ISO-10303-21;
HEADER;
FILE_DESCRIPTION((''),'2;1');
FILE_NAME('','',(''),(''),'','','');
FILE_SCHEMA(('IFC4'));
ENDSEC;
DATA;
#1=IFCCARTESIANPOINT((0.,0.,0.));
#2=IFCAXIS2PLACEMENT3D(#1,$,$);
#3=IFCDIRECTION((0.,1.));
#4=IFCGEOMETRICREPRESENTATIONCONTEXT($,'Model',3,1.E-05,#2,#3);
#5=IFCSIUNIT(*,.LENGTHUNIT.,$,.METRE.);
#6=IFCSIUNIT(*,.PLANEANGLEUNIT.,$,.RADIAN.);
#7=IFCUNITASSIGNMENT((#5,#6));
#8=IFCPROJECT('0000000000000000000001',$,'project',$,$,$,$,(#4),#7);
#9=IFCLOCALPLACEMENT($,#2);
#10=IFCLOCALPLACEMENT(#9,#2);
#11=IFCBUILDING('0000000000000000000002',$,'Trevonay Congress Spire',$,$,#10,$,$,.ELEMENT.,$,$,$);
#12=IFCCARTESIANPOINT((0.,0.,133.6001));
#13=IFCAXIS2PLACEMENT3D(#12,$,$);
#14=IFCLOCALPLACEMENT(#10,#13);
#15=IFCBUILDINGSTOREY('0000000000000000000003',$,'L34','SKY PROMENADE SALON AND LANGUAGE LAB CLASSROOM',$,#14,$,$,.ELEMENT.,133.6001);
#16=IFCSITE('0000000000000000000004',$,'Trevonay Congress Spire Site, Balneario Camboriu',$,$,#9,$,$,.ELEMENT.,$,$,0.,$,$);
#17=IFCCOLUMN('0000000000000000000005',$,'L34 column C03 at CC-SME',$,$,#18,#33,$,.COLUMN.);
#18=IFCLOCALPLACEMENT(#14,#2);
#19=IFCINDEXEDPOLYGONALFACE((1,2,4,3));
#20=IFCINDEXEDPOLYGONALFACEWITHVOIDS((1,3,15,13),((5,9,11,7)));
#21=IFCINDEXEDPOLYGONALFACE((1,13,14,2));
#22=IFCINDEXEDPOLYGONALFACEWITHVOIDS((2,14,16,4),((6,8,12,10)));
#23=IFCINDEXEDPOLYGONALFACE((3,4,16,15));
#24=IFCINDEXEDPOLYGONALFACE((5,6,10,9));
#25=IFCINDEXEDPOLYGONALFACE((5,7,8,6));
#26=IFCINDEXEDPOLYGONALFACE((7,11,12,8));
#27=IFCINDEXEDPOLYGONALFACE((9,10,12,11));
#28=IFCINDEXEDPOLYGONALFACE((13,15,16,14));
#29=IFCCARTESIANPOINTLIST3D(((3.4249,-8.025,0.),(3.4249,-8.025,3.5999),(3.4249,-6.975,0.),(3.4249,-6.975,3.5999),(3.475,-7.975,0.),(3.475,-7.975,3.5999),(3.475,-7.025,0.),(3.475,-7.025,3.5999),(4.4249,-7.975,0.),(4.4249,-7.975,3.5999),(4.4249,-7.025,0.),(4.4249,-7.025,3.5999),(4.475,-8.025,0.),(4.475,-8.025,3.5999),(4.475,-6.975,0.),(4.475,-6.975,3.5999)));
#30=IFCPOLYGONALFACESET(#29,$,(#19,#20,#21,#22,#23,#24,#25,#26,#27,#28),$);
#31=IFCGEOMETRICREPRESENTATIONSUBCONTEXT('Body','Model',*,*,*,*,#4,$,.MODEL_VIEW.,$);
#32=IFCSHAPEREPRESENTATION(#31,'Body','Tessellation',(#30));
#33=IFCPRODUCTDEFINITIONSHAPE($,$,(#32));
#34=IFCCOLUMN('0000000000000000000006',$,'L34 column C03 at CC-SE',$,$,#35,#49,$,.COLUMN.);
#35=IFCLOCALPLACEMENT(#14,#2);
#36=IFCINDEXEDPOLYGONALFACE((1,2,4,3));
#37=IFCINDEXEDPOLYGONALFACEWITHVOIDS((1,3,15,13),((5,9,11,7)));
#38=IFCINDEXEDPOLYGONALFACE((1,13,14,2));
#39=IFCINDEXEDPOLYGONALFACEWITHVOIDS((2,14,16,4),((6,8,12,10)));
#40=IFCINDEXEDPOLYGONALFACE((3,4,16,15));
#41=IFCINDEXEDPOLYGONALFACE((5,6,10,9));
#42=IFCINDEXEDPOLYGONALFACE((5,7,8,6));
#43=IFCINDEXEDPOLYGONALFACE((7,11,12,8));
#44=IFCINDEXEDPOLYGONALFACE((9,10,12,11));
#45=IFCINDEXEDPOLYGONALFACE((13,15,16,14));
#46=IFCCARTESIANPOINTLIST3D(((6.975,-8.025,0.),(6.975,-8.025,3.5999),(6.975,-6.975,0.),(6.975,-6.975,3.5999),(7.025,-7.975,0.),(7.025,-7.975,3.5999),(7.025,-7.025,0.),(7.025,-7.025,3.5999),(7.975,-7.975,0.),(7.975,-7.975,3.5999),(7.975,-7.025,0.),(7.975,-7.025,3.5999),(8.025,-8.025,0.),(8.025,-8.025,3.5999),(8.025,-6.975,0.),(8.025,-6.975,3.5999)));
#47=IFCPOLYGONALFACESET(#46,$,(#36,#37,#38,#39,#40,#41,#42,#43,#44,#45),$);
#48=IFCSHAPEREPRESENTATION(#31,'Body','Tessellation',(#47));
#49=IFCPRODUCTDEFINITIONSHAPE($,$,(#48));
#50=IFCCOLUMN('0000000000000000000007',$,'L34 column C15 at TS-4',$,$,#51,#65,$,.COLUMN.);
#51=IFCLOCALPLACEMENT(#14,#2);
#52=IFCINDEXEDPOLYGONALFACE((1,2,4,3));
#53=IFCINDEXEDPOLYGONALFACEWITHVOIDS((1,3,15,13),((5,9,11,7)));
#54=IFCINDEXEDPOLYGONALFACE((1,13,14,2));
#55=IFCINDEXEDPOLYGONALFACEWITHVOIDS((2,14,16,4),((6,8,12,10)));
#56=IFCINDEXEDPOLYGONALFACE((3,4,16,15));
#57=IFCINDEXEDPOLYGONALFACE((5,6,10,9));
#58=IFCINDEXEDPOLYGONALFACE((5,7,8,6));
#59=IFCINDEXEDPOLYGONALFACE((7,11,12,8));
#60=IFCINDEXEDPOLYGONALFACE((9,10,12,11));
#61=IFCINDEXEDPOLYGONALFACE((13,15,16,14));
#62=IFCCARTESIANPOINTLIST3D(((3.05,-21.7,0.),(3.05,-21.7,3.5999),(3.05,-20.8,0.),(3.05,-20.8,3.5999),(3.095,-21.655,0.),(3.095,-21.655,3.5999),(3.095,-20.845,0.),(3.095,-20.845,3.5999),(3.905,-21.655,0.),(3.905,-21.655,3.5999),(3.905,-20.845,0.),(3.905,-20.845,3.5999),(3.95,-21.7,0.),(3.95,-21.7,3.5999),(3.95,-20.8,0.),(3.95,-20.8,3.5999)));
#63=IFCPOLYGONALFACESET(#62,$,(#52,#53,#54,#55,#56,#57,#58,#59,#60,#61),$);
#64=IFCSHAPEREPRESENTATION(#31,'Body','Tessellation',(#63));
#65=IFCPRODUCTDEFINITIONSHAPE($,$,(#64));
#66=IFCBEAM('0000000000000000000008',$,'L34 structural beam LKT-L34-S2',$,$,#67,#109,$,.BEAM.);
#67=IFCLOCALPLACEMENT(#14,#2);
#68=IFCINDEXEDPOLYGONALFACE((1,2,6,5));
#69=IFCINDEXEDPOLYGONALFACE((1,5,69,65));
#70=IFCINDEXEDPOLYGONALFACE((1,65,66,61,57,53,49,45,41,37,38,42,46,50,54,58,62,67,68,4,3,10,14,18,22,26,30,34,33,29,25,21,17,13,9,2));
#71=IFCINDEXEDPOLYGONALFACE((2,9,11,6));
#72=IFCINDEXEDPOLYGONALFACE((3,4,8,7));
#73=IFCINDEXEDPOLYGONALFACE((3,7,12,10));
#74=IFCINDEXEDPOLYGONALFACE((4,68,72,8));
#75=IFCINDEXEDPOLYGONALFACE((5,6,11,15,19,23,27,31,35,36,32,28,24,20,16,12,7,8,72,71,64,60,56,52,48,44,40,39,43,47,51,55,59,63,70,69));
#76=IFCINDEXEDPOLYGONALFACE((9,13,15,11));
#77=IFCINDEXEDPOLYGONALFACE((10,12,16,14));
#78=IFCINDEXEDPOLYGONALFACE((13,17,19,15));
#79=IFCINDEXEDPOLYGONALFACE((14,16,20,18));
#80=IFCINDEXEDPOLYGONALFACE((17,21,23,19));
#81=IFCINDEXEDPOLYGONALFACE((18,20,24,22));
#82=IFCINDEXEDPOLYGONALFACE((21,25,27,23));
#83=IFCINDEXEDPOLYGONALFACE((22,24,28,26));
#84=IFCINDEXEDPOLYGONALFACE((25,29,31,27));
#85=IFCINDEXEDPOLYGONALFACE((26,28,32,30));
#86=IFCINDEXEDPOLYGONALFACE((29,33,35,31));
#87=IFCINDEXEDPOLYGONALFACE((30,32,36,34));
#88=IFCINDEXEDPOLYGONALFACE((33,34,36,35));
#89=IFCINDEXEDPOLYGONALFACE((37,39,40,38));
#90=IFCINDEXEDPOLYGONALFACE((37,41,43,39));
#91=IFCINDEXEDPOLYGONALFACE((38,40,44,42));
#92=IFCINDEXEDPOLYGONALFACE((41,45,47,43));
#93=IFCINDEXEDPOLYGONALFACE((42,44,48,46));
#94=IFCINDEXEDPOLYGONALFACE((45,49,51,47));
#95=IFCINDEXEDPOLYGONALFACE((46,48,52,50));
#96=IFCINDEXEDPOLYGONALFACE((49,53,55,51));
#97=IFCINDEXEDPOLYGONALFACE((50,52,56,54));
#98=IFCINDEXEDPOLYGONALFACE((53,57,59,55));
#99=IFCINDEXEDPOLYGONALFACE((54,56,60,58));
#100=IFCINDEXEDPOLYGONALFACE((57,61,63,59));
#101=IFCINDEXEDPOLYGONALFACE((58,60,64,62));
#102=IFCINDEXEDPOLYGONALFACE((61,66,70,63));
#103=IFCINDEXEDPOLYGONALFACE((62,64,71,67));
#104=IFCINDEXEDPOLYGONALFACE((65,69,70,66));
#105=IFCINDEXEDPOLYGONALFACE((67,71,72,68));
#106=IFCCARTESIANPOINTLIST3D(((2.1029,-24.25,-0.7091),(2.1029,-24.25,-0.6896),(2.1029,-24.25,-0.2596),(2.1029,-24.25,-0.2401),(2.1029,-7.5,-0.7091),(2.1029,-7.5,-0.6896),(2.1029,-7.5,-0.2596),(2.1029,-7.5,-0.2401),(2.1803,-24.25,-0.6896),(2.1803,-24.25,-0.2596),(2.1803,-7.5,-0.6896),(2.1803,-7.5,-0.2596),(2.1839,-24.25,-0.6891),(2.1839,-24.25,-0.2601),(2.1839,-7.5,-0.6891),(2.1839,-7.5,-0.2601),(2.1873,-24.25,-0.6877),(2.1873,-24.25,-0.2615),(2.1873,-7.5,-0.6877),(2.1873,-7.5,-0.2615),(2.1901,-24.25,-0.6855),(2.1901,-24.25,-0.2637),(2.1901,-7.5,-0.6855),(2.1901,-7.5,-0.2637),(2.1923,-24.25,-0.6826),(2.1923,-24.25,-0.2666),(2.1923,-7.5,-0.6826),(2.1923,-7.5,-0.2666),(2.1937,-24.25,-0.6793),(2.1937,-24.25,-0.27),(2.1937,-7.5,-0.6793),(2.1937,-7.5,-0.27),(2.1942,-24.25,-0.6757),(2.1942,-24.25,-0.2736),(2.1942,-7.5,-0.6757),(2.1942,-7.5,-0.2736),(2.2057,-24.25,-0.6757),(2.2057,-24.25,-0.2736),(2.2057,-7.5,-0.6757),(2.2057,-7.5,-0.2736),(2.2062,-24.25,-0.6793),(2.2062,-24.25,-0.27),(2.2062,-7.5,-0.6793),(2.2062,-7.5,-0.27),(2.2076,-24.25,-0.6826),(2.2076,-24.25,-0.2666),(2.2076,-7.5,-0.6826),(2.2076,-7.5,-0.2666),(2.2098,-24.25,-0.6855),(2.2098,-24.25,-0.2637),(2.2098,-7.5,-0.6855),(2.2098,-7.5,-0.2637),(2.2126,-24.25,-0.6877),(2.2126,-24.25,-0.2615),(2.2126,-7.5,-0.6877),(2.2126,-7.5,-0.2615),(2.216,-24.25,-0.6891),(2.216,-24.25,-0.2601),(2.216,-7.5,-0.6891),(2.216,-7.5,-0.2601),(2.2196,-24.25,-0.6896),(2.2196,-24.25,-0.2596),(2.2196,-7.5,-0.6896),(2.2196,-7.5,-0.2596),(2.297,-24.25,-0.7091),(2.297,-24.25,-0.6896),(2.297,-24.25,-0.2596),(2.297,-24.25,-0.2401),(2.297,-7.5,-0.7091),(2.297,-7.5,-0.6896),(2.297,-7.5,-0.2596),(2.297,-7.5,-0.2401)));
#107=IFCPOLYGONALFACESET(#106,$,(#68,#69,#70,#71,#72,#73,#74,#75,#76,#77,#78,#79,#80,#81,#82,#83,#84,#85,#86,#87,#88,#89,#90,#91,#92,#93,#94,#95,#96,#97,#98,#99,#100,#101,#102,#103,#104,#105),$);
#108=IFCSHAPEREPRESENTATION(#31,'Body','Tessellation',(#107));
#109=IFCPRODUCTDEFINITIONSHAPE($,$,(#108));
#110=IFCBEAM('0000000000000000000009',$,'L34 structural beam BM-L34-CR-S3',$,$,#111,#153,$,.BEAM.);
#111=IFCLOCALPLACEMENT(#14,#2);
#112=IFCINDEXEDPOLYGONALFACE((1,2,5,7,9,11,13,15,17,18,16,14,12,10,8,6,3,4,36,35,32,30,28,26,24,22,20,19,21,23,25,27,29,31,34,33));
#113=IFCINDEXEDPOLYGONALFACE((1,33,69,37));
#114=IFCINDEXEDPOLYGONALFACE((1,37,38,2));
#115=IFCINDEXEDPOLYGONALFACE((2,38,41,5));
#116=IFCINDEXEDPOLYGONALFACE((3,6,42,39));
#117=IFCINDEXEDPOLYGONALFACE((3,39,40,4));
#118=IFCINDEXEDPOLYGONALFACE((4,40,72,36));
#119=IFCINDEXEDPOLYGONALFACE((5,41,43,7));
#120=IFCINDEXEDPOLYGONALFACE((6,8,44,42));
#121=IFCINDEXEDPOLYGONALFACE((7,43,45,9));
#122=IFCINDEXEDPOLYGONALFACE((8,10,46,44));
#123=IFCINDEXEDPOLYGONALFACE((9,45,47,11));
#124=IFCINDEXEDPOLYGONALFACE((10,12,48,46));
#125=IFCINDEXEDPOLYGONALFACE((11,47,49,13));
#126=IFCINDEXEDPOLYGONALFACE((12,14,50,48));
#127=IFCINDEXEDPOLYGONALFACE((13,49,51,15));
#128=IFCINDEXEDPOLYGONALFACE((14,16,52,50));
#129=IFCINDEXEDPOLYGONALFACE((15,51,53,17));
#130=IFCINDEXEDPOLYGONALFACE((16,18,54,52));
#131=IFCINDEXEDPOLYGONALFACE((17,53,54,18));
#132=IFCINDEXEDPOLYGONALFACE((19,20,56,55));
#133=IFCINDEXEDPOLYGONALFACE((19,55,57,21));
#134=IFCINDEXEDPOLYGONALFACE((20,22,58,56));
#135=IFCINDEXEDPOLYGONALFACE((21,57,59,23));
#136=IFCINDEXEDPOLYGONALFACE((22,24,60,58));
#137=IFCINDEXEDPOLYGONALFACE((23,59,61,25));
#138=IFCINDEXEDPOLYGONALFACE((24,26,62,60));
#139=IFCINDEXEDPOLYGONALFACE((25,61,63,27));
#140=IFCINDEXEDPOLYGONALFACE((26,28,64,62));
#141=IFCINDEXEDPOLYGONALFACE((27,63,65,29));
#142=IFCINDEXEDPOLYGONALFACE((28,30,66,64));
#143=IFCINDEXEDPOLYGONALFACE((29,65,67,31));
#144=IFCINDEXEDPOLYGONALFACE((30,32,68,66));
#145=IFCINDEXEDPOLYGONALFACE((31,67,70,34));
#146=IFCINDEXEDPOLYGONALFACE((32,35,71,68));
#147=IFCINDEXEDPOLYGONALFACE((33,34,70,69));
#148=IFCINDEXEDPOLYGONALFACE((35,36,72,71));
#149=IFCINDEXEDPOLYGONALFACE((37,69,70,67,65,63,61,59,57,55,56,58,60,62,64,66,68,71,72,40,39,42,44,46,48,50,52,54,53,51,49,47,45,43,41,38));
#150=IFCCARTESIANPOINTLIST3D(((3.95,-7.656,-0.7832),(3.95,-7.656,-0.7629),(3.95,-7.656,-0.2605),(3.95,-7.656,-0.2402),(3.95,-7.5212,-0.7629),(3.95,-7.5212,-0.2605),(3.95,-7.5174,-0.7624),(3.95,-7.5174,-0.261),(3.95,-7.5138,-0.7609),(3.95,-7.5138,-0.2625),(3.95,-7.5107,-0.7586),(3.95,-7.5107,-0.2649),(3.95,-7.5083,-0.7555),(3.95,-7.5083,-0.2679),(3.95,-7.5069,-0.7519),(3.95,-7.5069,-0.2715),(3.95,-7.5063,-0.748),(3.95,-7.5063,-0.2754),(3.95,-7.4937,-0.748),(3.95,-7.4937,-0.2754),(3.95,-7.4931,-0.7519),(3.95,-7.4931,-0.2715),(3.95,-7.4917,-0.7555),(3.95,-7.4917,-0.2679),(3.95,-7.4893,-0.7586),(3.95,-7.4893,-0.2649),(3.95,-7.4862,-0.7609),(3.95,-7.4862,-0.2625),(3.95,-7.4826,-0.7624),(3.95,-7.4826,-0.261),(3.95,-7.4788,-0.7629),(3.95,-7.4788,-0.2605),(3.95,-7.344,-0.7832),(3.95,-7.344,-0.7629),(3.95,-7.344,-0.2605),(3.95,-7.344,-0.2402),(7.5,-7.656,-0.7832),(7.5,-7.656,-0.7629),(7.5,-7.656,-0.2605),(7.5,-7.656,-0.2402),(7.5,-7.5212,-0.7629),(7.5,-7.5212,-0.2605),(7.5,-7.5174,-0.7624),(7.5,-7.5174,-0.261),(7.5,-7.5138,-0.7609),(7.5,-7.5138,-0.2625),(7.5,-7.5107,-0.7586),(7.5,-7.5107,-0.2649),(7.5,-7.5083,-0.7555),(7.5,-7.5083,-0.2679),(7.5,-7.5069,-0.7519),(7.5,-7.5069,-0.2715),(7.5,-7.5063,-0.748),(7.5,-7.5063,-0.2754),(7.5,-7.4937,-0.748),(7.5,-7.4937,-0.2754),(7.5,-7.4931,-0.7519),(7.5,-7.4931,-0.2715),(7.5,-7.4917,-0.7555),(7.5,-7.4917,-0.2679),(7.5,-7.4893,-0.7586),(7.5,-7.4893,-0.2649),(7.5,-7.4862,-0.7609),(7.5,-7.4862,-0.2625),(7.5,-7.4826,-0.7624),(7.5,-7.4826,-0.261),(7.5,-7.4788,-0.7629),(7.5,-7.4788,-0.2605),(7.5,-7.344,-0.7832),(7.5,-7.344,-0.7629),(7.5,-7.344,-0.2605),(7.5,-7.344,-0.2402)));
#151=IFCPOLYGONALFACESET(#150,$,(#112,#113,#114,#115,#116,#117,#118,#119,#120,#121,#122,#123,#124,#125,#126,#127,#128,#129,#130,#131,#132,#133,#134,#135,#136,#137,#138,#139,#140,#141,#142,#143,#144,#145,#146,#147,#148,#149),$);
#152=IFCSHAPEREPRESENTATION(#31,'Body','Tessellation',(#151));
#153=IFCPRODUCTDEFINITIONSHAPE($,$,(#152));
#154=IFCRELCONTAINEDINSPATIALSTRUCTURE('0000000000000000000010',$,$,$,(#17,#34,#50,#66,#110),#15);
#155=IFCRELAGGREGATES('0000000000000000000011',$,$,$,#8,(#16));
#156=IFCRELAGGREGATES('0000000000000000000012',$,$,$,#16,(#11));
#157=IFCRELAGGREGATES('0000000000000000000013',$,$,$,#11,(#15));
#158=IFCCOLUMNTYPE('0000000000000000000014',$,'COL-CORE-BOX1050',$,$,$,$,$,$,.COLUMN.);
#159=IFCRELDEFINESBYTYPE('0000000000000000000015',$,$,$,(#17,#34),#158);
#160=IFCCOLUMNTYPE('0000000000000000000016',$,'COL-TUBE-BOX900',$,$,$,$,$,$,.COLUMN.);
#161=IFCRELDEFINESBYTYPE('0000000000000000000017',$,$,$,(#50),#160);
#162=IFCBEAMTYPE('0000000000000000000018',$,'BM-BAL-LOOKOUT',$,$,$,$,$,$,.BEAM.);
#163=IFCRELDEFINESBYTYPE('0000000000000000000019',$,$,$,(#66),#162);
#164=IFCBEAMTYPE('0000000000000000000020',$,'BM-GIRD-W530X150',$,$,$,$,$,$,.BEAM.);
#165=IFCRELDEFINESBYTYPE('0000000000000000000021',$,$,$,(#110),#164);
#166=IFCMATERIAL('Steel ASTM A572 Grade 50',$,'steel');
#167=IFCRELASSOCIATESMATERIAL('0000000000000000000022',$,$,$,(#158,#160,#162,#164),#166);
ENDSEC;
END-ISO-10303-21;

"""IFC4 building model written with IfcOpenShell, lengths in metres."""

from ifc_helpers import new_model, si_unit, direction, frame, origin, origin_2d, place, context, subcontext, project, spatial, hollow_rectangle, i_section, extrude, material, material_profile, profile_set, type_object, element, save


model = new_model("IFC4")

# Units and contexts
model_context = context("Model", 3, precision=1e-05, world=origin(), true_north=direction((0.0, 1.0)))
body_context = subcontext(model_context, "Body", "Model", "MODEL_VIEW")
ifc_project = project(units=[si_unit("LENGTHUNIT", "METRE"), si_unit("PLANEANGLEUNIT", "RADIAN")], contexts=[model_context])

# Site, building, storey
site_placement = place(None, origin())
site = spatial("IfcSite", under=ifc_project, at=site_placement, Name="Trevonay Congress Spire Site, Balneario Camboriu", CompositionType="ELEMENT", RefElevation=0.0)
building_placement = place(site_placement, origin())
building = spatial("IfcBuilding", under=site, at=building_placement, Name="Trevonay Congress Spire", CompositionType="ELEMENT")
storey_placement = place(building_placement, frame((0.0, 0.0, 133.6001)))
storey = spatial("IfcBuildingStorey", under=building, at=storey_placement, Name="L34", Description="SKY PROMENADE SALON AND LANGUAGE LAB CLASSROOM", CompositionType="ELEMENT", Elevation=133.6001)

# Columns
ifc_material_1 = material(Name="Steel ASTM A572 Grade 50", Category="steel")
ifc_material_profile_1 = material_profile(ifc_material_1, hollow_rectangle(XDim=1.05, YDim=1.05, WallThickness=0.05, at=origin_2d()), Name="BOX 1050x1050x50")
ifc_profile_set_1 = profile_set([ifc_material_profile_1], Name="Steel ASTM A572 Grade 50")
column_type_1 = type_object("IfcColumnType", Name="COL-CORE-BOX1050", PredefinedType="COLUMN", material=ifc_profile_set_1)
for number, where, z_axis, x_axis, name in (
    (1, (3.95, -7.5, 0.0), (0.0, 0.0, 1.0), (1.0, 0.0, 0.0), "L34 column C03 at CC-SME"),
    (2, (7.5, -7.5, 0.0), (0.0, 0.0, 1.0), (1.0, 0.0, 0.0), "L34 column C03 at CC-SE"),
):
    element("IfcColumn", number, at=place(storey_placement, frame(where, z_axis=z_axis, x_axis=x_axis)), inside=storey, type_object=column_type_1, Name=name, PredefinedType="COLUMN", context=body_context, shape_type="SweptSolid", body=[
        extrude(hollow_rectangle(XDim=1.05, YDim=1.05, WallThickness=0.05, at=origin_2d()), origin(), (0.0, 0.0, 1.0), 3.5999),
    ])
ifc_material_profile_2 = material_profile(ifc_material_1, hollow_rectangle(XDim=0.8999, YDim=0.8999, WallThickness=0.0449, at=origin_2d()), Name="BOX 900x900x45")
ifc_profile_set_2 = profile_set([ifc_material_profile_2], Name="Steel ASTM A572 Grade 50")
column_type_2 = type_object("IfcColumnType", Name="COL-TUBE-BOX900", PredefinedType="COLUMN", material=ifc_profile_set_2)
column_placement = place(storey_placement, frame((3.5, -21.25, 0.0), z_axis=(0.0, 0.0, 1.0), x_axis=(1.0, 0.0, 0.0)))
element("IfcColumn", 3, at=column_placement, inside=storey, type_object=column_type_2, Name="L34 column C15 at TS-4", PredefinedType="COLUMN", context=body_context, shape_type="SweptSolid", body=[
    extrude(hollow_rectangle(XDim=0.8999, YDim=0.8999, WallThickness=0.0449, at=origin_2d()), origin(), (0.0, 0.0, 1.0), 3.5999),
])

# Beams
ifc_material_profile_3 = material_profile(ifc_material_1, i_section(OverallWidth=0.1941, OverallDepth=0.469, WebThickness=0.0115, FlangeThickness=0.0195, FilletRadius=0.0139, at=origin_2d()), Name="W460x106")
ifc_profile_set_3 = profile_set([ifc_material_profile_3], Name="Steel ASTM A572 Grade 50")
beam_type_1 = type_object("IfcBeamType", Name="BM-BAL-LOOKOUT", PredefinedType="BEAM", material=ifc_profile_set_3)
beam_1_placement = place(storey_placement, frame((2.2, -7.5, -0.4746), z_axis=(0.0, -1.0, 0.0), x_axis=(1.0, 0.0, 0.0)))
element("IfcBeam", 4, at=beam_1_placement, inside=storey, type_object=beam_type_1, Name="L34 structural beam LKT-L34-S2", PredefinedType="BEAM", context=body_context, shape_type="SweptSolid", body=[
    extrude(i_section(OverallWidth=0.1941, OverallDepth=0.469, WebThickness=0.0115, FlangeThickness=0.0195, FilletRadius=0.0139, at=origin_2d()), origin(), (0.0, 0.0, 1.0), 16.75),
])
ifc_material_profile_4 = material_profile(ifc_material_1, i_section(OverallWidth=0.312, OverallDepth=0.543, WebThickness=0.0127, FlangeThickness=0.0203, FilletRadius=0.0149, at=origin_2d()), Name="W530x150")
ifc_profile_set_4 = profile_set([ifc_material_profile_4], Name="Steel ASTM A572 Grade 50")
beam_type_2 = type_object("IfcBeamType", Name="BM-GIRD-W530X150", PredefinedType="BEAM", material=ifc_profile_set_4)
beam_2_placement = place(storey_placement, frame((3.95, -7.5, -0.5117), z_axis=(1.0, 0.0, 0.0), x_axis=(0.0, 1.0, 0.0)))
element("IfcBeam", 5, at=beam_2_placement, inside=storey, type_object=beam_type_2, Name="L34 structural beam BM-L34-CR-S3", PredefinedType="BEAM", context=body_context, shape_type="SweptSolid", body=[
    extrude(i_section(OverallWidth=0.312, OverallDepth=0.543, WebThickness=0.0127, FlangeThickness=0.0203, FilletRadius=0.0149, at=origin_2d()), origin(), (0.0, 0.0, 1.0), 3.55),
])

save(model, "model.ifc")
